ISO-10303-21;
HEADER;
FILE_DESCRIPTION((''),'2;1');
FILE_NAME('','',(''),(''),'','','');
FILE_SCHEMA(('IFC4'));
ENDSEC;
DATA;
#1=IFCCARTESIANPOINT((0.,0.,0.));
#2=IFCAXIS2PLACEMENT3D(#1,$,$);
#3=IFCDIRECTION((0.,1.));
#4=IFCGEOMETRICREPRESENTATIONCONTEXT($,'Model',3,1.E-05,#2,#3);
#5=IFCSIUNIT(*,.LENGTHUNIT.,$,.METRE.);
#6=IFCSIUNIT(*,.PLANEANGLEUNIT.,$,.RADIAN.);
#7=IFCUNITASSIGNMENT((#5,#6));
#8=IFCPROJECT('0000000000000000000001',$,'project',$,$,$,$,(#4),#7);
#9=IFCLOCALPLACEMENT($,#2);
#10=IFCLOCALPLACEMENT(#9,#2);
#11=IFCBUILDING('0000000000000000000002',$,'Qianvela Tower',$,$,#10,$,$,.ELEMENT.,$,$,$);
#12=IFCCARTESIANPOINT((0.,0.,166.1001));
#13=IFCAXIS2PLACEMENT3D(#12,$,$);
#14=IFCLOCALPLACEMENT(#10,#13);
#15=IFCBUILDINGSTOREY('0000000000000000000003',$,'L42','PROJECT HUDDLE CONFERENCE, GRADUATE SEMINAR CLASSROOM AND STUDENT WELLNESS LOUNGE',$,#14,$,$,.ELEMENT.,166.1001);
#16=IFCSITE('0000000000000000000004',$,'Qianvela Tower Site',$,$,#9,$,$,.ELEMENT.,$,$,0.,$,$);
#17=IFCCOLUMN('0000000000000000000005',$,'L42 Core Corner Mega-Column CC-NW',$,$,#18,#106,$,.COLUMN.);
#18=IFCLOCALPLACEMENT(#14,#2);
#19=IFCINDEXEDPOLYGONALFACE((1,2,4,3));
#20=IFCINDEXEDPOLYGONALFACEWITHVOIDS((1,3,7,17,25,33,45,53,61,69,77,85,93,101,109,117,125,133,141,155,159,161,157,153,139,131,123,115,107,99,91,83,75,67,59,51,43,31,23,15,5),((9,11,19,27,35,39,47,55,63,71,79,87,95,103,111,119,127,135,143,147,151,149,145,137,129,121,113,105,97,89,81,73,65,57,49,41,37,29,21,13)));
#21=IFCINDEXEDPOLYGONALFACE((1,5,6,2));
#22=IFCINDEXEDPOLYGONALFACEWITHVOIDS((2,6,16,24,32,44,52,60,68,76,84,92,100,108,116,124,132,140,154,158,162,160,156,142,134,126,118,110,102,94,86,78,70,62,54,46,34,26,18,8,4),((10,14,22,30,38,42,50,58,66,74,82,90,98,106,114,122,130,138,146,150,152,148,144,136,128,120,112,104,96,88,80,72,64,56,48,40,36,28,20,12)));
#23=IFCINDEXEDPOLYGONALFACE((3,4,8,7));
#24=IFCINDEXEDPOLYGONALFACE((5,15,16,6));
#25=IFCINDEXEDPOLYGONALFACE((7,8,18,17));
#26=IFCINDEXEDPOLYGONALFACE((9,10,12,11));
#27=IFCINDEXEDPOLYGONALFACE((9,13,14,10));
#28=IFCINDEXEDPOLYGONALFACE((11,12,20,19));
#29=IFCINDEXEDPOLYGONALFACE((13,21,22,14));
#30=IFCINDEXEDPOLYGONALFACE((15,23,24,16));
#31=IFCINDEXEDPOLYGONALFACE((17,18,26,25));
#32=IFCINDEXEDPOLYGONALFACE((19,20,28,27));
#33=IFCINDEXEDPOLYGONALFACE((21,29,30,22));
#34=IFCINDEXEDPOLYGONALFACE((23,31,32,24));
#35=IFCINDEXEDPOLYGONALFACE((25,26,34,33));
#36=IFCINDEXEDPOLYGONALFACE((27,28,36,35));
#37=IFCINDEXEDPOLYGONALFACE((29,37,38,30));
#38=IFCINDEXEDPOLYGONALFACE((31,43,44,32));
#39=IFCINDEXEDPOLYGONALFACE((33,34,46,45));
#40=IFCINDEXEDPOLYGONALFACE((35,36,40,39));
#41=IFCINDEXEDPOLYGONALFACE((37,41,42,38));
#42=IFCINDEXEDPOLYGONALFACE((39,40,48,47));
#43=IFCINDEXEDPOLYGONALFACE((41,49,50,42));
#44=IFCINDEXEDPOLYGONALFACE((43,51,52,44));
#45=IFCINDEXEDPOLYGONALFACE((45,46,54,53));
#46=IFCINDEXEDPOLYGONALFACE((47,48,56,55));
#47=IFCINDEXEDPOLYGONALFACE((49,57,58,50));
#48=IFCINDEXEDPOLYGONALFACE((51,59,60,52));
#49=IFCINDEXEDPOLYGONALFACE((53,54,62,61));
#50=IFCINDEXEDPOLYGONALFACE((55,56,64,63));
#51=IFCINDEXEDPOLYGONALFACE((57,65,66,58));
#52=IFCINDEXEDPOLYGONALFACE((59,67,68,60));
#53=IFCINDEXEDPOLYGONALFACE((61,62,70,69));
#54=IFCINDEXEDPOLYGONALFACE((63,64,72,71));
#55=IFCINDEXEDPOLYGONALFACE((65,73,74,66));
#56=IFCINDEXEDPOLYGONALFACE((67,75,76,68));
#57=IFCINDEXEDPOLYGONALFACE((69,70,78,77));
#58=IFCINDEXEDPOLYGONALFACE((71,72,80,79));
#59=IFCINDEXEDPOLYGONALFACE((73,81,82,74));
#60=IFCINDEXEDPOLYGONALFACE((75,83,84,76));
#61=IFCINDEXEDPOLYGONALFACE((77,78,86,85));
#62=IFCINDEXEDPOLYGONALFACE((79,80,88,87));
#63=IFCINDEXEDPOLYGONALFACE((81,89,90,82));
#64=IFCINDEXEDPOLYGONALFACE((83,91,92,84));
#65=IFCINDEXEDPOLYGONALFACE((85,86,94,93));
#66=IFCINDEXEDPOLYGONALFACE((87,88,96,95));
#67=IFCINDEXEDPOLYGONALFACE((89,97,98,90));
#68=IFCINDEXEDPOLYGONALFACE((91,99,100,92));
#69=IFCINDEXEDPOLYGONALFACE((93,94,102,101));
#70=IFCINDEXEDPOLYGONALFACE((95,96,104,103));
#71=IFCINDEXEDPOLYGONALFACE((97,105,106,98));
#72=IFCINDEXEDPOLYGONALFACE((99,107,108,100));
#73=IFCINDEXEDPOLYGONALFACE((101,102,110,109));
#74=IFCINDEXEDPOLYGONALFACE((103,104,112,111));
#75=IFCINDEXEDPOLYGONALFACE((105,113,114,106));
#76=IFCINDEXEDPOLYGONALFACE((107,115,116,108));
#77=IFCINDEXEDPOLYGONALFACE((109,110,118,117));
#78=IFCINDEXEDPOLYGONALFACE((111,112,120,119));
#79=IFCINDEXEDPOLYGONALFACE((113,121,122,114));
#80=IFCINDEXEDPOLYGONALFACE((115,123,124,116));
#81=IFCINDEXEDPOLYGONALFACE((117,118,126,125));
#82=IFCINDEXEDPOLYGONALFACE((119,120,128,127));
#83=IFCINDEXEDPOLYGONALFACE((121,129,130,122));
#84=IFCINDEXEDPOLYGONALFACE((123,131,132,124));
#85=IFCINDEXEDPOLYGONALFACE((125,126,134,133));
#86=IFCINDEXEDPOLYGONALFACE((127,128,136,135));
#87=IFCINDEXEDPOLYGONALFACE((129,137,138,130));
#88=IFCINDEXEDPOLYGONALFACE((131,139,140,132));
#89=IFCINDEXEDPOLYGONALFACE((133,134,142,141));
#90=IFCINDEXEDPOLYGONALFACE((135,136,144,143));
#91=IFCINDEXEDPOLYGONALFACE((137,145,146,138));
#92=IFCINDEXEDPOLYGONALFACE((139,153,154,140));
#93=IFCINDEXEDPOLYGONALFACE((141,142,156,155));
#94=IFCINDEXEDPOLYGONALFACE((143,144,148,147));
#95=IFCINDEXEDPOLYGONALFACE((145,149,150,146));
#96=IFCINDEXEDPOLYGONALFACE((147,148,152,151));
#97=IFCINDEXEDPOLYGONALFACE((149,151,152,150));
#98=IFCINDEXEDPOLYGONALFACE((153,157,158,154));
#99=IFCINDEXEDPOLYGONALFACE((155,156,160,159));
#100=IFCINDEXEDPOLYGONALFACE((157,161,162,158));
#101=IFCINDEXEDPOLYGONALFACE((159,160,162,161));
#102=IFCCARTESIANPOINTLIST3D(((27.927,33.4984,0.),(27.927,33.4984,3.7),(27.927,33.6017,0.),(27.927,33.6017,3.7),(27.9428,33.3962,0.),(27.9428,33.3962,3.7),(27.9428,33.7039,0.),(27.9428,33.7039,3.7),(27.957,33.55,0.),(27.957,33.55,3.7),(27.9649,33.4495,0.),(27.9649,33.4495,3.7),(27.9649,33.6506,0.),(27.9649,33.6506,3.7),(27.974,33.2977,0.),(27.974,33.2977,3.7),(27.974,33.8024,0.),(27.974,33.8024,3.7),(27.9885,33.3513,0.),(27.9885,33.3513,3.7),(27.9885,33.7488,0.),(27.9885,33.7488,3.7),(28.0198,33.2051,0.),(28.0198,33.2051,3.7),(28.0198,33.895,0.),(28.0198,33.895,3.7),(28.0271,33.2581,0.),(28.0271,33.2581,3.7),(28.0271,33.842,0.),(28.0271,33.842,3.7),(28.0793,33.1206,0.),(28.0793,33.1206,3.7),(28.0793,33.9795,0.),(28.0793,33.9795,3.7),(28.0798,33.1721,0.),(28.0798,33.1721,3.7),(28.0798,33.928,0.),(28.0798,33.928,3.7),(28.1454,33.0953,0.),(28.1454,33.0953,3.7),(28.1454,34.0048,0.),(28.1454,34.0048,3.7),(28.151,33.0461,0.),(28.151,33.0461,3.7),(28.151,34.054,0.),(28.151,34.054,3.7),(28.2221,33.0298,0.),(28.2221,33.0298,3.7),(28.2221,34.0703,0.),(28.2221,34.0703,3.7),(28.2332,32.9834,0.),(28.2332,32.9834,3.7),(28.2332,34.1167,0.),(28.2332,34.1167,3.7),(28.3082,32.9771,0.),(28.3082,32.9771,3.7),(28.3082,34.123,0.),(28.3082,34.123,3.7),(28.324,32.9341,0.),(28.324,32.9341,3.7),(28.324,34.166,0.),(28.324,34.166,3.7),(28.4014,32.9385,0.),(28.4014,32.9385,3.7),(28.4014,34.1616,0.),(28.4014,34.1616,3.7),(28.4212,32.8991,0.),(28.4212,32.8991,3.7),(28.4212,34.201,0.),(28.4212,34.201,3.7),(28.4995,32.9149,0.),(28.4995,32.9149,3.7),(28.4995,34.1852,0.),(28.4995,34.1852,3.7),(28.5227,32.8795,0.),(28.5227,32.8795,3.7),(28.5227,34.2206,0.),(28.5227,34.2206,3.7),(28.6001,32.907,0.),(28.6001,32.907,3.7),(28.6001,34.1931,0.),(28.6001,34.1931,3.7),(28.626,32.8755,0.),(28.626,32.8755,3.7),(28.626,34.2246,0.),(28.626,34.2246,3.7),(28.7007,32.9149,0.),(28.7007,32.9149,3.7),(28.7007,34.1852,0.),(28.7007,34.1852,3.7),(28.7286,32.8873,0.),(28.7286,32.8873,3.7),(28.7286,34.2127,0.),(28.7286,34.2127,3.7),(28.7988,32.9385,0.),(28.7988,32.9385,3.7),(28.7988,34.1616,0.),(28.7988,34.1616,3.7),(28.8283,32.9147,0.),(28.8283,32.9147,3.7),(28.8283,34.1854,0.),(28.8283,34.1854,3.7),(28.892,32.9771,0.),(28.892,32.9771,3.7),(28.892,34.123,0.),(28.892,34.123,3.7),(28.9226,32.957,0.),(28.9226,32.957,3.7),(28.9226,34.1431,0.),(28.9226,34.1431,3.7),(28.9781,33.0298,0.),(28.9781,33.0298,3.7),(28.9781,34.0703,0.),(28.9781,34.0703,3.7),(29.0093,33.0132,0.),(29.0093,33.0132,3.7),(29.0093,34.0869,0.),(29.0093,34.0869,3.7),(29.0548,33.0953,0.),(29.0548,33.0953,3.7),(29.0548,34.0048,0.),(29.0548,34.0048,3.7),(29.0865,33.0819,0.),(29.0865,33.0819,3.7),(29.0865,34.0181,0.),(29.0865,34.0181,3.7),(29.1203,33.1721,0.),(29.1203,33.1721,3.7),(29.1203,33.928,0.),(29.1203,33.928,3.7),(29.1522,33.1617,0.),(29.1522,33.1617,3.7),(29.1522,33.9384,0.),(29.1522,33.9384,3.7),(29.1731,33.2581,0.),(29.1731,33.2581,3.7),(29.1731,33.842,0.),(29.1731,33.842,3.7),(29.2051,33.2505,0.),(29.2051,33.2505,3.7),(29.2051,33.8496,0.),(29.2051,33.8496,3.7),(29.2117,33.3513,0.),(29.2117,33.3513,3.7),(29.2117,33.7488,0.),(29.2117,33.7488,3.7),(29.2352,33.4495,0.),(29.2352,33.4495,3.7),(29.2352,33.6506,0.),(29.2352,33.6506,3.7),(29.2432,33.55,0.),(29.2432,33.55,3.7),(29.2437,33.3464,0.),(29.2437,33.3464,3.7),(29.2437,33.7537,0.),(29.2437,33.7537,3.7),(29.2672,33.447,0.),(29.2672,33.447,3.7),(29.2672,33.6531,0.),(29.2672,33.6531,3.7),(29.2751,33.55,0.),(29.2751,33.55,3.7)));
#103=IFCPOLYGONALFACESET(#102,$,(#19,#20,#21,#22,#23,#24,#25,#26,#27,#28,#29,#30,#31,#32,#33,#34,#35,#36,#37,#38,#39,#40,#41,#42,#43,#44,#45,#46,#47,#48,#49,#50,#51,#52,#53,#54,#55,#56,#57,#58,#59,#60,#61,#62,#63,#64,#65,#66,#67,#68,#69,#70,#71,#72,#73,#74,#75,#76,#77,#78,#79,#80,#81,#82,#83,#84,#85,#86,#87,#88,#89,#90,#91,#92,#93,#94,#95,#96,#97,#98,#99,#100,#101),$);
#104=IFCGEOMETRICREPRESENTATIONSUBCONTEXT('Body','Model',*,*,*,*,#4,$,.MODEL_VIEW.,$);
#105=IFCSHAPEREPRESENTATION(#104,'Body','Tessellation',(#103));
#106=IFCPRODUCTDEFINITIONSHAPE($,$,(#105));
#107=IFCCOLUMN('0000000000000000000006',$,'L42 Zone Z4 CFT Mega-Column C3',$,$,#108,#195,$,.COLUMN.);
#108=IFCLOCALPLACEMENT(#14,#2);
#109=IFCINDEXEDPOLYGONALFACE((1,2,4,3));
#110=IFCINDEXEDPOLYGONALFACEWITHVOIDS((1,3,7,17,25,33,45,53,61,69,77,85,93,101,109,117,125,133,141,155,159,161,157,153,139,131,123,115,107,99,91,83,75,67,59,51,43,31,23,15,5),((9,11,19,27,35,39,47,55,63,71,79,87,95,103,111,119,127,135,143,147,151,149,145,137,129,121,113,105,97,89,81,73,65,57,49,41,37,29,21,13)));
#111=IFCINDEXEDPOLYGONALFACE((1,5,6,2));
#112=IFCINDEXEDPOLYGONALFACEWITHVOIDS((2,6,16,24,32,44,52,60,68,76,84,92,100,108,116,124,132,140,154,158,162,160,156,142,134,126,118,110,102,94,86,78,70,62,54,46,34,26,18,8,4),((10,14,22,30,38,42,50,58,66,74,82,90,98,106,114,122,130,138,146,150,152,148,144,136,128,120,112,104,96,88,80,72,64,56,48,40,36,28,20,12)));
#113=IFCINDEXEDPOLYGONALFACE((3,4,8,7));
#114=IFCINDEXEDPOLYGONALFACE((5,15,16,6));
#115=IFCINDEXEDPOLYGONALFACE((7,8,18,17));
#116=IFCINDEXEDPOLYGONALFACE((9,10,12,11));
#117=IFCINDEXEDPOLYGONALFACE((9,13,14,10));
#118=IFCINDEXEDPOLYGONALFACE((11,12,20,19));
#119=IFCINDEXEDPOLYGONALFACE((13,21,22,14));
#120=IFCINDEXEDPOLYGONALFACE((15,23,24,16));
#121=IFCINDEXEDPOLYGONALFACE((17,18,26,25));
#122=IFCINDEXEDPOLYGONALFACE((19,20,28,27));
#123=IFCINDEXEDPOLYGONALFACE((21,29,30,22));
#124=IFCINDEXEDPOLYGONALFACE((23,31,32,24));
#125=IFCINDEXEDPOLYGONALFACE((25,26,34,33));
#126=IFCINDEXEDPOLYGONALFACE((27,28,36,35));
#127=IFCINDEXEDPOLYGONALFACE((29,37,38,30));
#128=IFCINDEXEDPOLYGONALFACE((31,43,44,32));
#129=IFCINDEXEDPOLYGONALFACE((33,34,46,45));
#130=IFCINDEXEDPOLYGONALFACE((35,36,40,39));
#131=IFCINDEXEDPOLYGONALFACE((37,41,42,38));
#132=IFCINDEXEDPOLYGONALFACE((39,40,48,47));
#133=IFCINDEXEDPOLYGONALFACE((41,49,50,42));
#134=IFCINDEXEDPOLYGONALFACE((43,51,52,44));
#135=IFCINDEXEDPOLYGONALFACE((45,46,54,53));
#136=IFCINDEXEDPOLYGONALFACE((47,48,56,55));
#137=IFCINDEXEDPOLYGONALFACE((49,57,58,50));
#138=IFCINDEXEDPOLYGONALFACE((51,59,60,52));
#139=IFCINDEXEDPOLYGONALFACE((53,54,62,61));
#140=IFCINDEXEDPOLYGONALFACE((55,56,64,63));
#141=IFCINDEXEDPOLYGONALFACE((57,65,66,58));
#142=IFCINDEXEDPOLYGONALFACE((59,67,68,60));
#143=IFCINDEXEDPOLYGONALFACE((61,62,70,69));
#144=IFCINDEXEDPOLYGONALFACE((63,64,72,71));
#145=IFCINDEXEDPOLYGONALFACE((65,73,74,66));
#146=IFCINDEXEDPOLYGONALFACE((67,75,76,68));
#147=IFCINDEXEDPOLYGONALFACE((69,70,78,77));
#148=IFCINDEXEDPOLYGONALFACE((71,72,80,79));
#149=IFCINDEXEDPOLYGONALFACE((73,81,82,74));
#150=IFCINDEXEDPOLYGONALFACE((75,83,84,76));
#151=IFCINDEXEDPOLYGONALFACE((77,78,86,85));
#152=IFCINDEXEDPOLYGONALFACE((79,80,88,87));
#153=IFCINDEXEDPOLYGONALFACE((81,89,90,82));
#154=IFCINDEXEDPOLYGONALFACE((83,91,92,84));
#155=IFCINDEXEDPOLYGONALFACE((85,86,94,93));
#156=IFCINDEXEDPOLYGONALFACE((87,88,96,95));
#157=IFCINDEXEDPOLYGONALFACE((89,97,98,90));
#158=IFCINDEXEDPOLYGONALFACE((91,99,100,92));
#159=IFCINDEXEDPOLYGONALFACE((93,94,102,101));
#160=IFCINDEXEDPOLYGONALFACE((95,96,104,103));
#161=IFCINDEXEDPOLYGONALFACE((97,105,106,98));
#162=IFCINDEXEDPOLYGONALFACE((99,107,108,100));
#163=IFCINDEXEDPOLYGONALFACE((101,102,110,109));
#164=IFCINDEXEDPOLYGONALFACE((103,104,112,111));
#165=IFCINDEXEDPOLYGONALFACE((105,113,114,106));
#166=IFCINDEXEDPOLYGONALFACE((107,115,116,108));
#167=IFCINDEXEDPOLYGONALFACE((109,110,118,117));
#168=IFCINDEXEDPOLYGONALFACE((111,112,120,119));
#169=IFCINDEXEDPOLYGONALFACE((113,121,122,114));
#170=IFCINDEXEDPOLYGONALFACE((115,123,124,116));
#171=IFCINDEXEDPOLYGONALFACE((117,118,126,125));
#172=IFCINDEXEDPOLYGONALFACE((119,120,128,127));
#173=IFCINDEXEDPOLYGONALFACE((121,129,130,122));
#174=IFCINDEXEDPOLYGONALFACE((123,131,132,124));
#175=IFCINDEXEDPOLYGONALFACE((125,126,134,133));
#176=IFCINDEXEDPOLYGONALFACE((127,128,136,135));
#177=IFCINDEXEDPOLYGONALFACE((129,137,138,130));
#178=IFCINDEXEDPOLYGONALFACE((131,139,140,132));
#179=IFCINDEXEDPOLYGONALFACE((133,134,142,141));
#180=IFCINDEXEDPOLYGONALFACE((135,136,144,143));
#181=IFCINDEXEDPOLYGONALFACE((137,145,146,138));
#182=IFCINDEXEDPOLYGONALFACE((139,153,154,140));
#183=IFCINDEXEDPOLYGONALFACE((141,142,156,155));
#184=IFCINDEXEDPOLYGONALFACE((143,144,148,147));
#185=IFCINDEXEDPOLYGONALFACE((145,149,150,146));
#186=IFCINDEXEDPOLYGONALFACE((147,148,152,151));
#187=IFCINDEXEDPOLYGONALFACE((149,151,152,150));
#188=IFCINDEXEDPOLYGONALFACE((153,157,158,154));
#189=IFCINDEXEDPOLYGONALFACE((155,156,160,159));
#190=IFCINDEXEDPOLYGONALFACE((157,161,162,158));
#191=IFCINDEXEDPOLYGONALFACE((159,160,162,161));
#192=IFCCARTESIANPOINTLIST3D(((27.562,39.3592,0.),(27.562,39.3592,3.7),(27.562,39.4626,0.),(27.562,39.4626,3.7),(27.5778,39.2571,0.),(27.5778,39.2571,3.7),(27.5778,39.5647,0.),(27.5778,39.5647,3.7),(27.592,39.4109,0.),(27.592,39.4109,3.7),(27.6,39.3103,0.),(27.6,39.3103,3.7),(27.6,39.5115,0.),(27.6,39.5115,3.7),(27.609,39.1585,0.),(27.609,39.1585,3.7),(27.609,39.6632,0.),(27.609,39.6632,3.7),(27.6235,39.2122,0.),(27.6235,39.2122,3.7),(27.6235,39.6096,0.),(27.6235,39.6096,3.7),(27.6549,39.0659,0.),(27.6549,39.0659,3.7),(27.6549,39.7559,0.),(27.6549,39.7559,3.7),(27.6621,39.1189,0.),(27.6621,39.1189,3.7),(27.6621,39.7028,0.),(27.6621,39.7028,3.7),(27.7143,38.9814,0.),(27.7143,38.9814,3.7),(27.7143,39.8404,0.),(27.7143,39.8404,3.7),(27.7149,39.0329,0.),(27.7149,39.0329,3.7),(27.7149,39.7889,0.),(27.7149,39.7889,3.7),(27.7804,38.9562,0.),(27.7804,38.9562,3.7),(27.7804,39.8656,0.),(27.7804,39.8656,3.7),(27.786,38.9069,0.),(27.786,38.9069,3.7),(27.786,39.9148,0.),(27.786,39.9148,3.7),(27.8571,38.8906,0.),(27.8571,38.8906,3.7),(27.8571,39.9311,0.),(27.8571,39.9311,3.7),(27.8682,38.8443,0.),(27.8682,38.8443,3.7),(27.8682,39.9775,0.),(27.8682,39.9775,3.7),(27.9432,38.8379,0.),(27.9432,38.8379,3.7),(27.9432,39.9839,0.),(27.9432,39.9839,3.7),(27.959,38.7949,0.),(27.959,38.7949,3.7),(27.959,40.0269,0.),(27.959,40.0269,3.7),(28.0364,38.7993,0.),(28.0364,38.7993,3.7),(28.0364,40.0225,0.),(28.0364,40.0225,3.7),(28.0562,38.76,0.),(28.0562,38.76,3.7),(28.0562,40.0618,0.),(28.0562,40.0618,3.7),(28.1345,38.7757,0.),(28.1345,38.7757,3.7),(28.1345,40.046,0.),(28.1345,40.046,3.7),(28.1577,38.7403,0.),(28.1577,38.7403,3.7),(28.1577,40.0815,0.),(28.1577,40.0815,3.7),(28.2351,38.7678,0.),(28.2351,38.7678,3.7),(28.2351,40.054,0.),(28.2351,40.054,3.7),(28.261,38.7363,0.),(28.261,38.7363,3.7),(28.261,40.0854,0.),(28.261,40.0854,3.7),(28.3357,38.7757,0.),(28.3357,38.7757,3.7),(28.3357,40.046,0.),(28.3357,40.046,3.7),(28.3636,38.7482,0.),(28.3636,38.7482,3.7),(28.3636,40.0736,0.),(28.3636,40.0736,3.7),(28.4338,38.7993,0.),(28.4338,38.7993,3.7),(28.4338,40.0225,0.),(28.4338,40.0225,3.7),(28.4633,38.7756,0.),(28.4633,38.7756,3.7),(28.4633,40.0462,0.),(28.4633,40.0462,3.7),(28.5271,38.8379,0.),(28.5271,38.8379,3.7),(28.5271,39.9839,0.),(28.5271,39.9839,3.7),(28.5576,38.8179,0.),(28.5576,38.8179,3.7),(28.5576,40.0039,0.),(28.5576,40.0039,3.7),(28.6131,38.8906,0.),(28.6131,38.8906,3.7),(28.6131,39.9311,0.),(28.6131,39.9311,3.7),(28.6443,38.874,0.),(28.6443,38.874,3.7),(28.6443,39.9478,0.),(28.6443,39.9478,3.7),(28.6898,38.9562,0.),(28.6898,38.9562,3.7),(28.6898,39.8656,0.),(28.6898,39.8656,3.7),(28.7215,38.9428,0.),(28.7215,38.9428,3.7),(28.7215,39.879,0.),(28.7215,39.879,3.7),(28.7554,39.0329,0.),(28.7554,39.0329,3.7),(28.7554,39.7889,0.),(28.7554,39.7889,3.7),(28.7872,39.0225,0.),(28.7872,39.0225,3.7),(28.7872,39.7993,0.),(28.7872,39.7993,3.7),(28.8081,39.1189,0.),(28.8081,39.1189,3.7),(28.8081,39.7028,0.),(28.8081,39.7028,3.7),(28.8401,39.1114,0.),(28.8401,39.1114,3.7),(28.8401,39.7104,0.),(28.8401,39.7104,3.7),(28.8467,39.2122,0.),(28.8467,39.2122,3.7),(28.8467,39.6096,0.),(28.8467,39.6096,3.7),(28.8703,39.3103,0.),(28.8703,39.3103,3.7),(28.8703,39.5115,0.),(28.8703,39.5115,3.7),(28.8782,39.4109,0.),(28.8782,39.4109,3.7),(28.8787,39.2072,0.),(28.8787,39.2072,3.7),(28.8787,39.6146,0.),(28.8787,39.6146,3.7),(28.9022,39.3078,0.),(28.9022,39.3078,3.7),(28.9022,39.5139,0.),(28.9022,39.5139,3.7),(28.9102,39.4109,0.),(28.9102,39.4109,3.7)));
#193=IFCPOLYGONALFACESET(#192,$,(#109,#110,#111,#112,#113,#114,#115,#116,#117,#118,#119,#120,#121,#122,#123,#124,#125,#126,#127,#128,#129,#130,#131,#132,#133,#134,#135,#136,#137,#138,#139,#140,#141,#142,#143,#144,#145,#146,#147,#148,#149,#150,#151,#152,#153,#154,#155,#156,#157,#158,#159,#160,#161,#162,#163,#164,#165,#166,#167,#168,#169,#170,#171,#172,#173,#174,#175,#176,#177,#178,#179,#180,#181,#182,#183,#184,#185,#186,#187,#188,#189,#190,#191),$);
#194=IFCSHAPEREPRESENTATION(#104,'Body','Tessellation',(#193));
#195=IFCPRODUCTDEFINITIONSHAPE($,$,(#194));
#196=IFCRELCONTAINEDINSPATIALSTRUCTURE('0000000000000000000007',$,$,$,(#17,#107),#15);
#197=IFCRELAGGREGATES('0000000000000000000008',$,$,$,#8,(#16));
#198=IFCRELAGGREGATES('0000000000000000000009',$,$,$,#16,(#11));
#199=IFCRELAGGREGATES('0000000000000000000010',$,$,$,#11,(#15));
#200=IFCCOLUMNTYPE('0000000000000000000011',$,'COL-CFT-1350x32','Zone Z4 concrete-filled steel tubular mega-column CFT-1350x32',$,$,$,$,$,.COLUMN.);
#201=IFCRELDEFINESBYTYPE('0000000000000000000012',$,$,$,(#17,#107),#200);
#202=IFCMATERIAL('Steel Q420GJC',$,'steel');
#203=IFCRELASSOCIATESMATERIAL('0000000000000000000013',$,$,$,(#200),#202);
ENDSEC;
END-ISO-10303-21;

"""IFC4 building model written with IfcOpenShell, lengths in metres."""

from ifc_helpers import new_model, si_unit, direction, frame, origin, origin_2d, place, context, subcontext, project, spatial, hollow_circle, extrude, material, material_profile, profile_set, type_object, element, save


model = new_model("IFC4")

# Units and contexts
model_context = context("Model", 3, precision=1e-05, world=origin(), true_north=direction((0.0, 1.0)))
body_context = subcontext(model_context, "Body", "Model", "MODEL_VIEW")
ifc_project = project(units=[si_unit("LENGTHUNIT", "METRE"), si_unit("PLANEANGLEUNIT", "RADIAN")], contexts=[model_context])

# Site, building, storey
site_placement = place(None, origin())
site = spatial("IfcSite", under=ifc_project, at=site_placement, Name="Qianvela Tower Site", CompositionType="ELEMENT", RefElevation=0.0)
building_placement = place(site_placement, origin())
building = spatial("IfcBuilding", under=site, at=building_placement, Name="Qianvela Tower", CompositionType="ELEMENT")
storey_placement = place(building_placement, frame((0.0, 0.0, 166.1001)))
storey = spatial("IfcBuildingStorey", under=building, at=storey_placement, Name="L42", Description="PROJECT HUDDLE CONFERENCE, GRADUATE SEMINAR CLASSROOM AND STUDENT WELLNESS LOUNGE", CompositionType="ELEMENT", Elevation=166.1001)

# Columns
ifc_material_1 = material(Name="Steel Q420GJC", Category="steel")
ifc_material_profile_1 = material_profile(ifc_material_1, hollow_circle(Radius=0.675, WallThickness=0.032, at=origin_2d()), Name="CFT-1350x32")
ifc_profile_set_1 = profile_set([ifc_material_profile_1], Name="Steel Q420GJC")
column_type = type_object("IfcColumnType", Name="COL-CFT-1350x32", Description="Zone Z4 concrete-filled steel tubular mega-column CFT-1350x32", PredefinedType="COLUMN", material=ifc_profile_set_1)
for number, where, z_axis, x_axis, name in (
    (1, (28.6001, 33.55, 0.0), (0.0, 0.0, 1.0), (1.0, 0.0, 0.0), "L42 Core Corner Mega-Column CC-NW"),
    (2, (28.2351, 39.4109, 0.0), (0.0, 0.0, 1.0), (1.0, 0.0, 0.0), "L42 Zone Z4 CFT Mega-Column C3"),
):
    element("IfcColumn", number, at=place(storey_placement, frame(where, z_axis=z_axis, x_axis=x_axis)), inside=storey, type_object=column_type, Name=name, PredefinedType="COLUMN", context=body_context, shape_type="SweptSolid", body=[
        extrude(hollow_circle(Radius=0.675, WallThickness=0.032, at=origin_2d()), origin(), (0.0, 0.0, 1.0), 3.7),
    ])

save(model, "model.ifc")
